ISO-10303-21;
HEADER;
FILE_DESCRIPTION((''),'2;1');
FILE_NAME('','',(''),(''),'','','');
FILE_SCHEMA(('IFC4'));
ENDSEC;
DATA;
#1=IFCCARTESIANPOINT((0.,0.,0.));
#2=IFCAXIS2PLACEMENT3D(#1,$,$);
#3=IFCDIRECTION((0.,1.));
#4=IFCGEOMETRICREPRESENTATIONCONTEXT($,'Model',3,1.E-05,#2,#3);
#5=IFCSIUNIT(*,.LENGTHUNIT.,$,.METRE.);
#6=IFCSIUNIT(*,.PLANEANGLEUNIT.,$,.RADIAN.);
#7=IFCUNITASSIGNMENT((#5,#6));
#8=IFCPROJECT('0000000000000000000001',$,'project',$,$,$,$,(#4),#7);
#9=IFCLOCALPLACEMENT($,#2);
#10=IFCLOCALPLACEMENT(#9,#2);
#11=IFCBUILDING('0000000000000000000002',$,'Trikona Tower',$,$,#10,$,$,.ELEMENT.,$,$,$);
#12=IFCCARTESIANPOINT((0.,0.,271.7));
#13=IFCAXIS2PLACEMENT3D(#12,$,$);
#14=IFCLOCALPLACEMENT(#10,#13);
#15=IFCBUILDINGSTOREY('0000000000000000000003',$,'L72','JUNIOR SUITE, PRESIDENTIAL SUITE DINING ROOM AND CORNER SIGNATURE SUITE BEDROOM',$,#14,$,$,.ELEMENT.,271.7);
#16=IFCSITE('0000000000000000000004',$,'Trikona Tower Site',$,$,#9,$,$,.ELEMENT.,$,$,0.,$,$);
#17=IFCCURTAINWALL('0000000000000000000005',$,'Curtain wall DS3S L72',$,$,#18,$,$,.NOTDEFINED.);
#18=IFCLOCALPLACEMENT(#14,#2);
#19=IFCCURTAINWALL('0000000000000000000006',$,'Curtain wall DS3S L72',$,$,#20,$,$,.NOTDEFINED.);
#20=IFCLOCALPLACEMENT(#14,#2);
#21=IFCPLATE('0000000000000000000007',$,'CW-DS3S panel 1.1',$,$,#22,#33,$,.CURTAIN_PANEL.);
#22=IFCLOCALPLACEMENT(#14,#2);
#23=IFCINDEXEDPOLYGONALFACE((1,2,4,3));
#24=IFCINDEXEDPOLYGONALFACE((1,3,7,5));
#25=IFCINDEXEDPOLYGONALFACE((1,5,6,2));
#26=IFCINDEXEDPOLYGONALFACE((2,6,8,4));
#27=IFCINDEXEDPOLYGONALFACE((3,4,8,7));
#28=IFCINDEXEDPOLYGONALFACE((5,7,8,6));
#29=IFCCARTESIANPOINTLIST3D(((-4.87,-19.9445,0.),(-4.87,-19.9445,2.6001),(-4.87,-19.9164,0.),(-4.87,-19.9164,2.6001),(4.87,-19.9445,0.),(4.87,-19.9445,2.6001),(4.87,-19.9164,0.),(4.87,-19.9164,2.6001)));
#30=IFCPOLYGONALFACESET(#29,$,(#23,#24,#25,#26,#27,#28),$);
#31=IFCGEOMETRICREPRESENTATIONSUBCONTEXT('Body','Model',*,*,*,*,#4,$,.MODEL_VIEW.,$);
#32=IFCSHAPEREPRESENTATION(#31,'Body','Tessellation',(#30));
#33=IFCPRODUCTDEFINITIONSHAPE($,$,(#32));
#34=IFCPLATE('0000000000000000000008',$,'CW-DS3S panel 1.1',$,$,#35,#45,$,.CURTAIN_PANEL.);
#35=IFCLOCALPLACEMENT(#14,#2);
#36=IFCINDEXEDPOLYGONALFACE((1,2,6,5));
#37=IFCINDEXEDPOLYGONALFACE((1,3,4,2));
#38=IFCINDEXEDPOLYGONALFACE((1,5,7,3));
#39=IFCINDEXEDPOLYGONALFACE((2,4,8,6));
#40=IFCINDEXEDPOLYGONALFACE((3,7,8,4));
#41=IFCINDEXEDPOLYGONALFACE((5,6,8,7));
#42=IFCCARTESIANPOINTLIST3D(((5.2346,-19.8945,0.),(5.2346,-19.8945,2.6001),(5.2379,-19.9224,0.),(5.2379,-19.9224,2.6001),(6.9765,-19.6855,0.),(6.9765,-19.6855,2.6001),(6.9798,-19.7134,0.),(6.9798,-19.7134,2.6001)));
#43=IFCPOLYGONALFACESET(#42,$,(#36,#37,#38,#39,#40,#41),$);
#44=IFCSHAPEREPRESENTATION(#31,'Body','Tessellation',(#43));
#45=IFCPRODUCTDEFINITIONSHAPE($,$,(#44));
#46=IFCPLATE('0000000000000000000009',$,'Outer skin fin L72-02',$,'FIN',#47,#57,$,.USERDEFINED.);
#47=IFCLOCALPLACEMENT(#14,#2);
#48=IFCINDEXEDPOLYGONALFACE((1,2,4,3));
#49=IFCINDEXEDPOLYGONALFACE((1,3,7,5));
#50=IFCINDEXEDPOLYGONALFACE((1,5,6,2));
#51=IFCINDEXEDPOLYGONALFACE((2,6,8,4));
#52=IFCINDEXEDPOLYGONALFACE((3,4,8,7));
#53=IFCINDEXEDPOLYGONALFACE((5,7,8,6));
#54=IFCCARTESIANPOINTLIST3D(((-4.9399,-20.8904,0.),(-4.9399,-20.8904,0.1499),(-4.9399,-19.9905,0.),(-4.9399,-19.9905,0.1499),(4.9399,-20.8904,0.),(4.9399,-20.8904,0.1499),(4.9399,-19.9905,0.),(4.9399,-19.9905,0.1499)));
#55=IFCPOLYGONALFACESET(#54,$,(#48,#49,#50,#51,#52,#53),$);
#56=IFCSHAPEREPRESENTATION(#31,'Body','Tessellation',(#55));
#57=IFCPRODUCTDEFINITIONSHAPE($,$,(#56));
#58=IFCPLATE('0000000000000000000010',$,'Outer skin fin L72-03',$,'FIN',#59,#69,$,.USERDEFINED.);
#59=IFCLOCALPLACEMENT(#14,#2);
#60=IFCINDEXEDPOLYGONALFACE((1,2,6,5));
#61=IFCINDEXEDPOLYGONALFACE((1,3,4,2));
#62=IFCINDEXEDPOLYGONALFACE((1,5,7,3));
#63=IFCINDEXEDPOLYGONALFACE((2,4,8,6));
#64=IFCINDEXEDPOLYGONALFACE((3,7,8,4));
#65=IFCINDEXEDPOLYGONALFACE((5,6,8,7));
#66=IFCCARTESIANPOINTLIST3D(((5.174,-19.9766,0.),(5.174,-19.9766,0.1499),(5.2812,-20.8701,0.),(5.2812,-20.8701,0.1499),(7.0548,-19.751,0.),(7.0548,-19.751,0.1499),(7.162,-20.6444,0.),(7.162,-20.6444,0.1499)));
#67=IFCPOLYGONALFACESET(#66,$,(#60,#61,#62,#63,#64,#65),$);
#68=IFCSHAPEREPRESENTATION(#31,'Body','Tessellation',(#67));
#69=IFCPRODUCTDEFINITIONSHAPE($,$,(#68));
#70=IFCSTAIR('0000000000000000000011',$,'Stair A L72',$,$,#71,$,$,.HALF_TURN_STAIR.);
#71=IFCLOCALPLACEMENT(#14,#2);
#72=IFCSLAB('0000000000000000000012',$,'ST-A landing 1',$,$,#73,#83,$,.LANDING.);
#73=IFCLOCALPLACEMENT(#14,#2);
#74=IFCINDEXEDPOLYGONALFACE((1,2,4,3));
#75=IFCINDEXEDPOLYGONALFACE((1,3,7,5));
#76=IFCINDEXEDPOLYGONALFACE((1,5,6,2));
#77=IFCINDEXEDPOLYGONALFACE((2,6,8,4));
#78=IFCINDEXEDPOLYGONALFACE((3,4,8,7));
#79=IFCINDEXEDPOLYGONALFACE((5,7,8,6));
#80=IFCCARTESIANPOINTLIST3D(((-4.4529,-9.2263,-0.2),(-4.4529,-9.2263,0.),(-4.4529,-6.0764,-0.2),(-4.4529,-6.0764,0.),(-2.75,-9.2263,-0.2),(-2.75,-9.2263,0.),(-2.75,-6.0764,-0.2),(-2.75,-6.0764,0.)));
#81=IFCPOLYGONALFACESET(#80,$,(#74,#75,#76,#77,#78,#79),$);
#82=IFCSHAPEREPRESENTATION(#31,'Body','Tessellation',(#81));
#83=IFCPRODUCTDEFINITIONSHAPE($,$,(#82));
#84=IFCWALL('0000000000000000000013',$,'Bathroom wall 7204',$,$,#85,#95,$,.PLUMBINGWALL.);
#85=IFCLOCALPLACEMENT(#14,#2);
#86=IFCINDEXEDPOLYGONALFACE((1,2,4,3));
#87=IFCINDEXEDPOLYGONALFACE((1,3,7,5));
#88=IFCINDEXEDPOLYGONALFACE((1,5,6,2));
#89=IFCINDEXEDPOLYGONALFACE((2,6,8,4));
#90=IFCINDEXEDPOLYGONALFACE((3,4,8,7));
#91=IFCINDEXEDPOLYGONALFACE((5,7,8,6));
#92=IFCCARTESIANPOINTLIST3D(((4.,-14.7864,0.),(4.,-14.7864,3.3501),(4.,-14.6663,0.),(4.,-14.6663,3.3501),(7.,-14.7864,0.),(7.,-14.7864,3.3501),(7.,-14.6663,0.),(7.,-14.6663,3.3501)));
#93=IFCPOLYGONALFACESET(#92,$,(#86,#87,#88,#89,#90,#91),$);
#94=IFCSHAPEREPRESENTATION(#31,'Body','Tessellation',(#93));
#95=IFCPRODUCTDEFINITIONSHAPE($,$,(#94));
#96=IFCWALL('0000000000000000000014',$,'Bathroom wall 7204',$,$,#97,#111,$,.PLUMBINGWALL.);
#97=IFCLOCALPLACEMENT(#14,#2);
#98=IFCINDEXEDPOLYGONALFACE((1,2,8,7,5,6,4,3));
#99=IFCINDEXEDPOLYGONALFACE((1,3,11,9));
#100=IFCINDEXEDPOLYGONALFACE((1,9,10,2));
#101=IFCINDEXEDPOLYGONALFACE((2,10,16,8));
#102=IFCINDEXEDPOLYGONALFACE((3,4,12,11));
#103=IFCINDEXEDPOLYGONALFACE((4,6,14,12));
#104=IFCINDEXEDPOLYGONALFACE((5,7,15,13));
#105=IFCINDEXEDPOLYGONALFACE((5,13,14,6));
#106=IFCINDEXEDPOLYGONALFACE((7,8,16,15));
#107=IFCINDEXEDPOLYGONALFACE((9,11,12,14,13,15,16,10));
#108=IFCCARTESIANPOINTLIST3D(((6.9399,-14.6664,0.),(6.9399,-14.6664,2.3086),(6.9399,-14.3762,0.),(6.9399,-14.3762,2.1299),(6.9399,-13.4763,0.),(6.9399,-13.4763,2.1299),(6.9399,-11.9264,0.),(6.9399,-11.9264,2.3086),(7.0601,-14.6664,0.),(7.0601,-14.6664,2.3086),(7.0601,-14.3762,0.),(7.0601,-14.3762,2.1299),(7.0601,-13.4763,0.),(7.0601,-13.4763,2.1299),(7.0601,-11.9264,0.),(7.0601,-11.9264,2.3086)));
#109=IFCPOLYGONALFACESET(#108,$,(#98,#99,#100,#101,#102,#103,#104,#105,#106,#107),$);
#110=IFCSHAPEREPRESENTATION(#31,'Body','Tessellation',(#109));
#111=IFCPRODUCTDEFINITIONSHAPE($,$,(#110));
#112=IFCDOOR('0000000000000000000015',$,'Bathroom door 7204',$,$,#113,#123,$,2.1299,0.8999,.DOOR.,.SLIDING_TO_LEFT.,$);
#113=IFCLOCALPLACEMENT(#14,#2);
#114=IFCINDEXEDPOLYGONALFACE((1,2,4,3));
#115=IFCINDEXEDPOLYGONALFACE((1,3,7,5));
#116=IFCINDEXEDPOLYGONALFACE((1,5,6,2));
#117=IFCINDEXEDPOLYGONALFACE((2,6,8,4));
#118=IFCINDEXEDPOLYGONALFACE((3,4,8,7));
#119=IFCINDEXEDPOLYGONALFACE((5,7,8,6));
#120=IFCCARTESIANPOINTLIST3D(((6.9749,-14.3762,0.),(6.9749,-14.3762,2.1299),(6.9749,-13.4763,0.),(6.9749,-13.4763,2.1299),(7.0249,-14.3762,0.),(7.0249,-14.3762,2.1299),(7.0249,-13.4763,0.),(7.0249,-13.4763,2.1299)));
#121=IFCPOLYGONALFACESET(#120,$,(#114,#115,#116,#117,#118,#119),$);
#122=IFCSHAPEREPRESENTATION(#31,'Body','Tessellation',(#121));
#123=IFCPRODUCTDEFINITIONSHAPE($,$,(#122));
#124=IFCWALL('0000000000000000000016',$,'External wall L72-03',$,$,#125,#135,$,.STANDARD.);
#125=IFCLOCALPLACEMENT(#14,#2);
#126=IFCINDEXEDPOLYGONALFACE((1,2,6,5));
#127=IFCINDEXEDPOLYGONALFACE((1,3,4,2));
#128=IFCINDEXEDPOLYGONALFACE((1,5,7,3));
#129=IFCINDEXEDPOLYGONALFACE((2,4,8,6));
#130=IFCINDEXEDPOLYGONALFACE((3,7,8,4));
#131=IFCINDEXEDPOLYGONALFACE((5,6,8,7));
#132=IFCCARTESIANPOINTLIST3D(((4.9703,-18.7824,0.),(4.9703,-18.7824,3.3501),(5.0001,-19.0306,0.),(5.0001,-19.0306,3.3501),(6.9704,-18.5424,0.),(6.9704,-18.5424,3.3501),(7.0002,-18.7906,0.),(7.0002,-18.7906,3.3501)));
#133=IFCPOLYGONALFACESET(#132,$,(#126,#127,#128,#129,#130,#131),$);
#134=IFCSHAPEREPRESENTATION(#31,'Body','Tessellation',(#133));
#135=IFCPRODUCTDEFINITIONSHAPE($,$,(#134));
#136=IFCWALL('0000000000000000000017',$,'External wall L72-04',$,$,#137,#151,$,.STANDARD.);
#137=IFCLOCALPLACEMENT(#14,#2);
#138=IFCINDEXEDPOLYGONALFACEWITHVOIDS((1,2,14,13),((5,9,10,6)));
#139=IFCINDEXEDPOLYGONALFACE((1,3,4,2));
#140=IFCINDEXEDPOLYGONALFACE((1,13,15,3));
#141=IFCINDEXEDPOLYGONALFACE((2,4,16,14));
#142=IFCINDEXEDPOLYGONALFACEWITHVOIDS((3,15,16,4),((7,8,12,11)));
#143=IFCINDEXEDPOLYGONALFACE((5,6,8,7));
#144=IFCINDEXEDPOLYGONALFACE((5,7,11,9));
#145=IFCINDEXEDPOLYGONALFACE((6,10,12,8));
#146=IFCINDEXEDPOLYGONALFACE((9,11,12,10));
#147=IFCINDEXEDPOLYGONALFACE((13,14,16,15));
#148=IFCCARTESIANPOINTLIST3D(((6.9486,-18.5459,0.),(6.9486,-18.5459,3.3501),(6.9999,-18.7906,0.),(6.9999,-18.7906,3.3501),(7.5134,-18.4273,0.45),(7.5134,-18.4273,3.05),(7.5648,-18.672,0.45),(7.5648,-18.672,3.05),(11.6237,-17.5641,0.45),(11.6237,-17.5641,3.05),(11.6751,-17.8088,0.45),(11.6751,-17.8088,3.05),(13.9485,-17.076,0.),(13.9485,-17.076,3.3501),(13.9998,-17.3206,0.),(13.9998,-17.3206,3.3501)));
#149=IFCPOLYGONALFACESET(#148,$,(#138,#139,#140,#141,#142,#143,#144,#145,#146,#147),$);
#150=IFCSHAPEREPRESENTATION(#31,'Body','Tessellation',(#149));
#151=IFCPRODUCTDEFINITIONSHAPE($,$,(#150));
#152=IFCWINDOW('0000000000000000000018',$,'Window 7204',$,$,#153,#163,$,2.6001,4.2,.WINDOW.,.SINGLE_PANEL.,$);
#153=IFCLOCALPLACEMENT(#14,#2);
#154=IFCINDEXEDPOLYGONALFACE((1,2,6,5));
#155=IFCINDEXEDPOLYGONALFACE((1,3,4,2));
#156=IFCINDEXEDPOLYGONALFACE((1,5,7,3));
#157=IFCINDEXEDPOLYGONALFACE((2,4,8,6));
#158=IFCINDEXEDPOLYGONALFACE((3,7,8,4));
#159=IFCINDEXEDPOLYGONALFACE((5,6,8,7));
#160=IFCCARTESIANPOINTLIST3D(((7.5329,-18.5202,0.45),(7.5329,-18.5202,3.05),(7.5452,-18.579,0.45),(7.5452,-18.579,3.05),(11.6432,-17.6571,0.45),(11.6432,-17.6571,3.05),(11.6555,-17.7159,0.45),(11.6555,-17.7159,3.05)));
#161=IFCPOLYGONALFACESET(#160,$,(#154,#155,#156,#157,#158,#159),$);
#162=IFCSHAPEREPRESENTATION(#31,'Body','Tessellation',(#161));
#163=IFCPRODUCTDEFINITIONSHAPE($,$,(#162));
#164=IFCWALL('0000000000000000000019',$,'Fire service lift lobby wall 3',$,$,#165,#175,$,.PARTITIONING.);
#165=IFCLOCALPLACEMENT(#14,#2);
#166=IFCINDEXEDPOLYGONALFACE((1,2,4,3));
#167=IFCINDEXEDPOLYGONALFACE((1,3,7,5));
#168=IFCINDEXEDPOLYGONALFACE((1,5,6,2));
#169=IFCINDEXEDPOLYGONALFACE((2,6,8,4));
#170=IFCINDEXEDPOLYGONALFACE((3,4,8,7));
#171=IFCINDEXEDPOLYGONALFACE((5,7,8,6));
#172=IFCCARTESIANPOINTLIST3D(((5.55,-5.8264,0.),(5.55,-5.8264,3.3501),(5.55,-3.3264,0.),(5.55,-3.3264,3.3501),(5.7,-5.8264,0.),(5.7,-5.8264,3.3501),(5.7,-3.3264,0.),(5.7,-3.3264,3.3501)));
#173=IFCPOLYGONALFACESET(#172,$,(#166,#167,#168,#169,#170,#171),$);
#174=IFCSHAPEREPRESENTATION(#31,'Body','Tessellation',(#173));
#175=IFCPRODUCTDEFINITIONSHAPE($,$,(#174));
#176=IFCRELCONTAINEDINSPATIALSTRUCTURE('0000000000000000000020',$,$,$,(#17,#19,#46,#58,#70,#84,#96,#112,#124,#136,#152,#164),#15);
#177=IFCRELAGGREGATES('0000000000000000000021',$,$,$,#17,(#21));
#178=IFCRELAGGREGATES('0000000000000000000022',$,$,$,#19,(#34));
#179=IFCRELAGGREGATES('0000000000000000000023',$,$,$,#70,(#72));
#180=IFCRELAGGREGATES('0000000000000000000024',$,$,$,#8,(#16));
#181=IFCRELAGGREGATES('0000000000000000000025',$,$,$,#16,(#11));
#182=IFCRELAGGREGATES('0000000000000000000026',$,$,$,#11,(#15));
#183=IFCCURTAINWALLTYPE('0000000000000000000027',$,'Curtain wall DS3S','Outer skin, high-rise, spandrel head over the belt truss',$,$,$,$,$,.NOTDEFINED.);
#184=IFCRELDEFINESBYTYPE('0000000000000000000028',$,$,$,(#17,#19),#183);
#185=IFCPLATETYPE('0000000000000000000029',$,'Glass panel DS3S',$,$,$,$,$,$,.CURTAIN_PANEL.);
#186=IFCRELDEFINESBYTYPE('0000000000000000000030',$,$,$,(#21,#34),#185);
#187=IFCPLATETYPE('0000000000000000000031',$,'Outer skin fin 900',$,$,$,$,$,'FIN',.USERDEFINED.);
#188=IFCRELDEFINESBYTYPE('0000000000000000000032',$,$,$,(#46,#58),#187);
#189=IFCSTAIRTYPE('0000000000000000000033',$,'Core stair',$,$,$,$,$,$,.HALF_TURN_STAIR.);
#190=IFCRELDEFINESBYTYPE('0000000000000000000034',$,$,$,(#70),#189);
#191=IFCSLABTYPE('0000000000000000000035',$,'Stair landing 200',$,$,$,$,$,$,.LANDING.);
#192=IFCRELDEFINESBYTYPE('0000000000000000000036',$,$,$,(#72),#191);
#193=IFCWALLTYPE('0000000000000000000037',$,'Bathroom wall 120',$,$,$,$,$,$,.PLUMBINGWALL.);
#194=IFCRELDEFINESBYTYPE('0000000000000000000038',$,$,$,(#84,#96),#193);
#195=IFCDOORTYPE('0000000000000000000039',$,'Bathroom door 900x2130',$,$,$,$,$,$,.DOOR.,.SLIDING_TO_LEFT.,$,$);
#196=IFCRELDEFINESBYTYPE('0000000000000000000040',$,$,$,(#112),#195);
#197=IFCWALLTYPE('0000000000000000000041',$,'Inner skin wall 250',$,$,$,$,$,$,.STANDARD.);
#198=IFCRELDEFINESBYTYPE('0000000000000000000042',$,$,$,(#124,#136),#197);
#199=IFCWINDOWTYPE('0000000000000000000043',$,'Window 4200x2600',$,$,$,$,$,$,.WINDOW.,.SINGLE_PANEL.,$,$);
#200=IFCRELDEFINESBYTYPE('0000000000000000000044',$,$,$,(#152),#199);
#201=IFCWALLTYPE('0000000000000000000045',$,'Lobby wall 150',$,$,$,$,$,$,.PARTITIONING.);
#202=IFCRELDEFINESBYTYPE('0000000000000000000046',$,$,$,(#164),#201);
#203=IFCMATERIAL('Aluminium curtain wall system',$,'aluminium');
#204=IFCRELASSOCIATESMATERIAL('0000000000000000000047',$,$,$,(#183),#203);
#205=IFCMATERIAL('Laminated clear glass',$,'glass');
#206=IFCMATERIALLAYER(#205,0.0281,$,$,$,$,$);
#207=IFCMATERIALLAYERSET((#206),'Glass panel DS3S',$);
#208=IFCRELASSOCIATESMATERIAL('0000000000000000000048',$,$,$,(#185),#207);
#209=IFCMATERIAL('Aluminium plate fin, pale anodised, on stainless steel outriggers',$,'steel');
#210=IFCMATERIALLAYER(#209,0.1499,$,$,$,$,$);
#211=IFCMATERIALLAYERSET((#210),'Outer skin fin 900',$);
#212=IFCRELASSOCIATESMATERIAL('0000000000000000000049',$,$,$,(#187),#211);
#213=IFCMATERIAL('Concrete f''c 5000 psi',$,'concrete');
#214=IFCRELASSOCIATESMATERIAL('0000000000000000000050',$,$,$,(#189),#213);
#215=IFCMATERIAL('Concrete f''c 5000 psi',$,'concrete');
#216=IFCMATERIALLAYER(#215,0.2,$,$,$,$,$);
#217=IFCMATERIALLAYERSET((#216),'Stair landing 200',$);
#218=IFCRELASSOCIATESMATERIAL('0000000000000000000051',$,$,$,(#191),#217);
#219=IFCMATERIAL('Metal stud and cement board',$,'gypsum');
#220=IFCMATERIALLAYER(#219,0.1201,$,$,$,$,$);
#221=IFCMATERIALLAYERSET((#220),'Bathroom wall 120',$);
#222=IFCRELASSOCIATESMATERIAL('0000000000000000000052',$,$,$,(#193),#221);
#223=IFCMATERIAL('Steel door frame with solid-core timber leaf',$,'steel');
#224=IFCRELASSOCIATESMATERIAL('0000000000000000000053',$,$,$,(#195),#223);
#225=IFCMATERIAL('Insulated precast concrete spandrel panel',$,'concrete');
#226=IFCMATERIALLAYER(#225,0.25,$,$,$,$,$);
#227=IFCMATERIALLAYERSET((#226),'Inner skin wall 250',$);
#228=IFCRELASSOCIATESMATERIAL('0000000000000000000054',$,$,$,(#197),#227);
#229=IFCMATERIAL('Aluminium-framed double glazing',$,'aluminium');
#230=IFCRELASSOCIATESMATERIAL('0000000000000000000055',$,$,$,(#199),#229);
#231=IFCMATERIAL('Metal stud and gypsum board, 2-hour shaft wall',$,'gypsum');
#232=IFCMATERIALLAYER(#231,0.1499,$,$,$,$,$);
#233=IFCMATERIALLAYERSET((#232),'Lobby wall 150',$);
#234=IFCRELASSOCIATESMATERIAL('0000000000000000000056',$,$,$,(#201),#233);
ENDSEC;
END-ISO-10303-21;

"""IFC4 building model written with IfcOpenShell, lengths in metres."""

from ifc_helpers import new_model, si_unit, direction, frame, frame_2d, origin, origin_2d, place, context, subcontext, project, spatial, polyline, rectangle, outline, extrude, material, layer, layer_set, type_object, element, fill, aggregate, save


model = new_model("IFC4")

# Units and contexts
model_context = context("Model", 3, precision=1e-05, world=origin(), true_north=direction((0.0, 1.0)))
body_context = subcontext(model_context, "Body", "Model", "MODEL_VIEW")
ifc_project = project(units=[si_unit("LENGTHUNIT", "METRE"), si_unit("PLANEANGLEUNIT", "RADIAN")], contexts=[model_context])

# Site, building, storey
site_placement = place(None, origin())
site = spatial("IfcSite", under=ifc_project, at=site_placement, Name="Trikona Tower Site", CompositionType="ELEMENT", RefElevation=0.0)
building_placement = place(site_placement, origin())
building = spatial("IfcBuilding", under=site, at=building_placement, Name="Trikona Tower", CompositionType="ELEMENT")
storey_placement = place(building_placement, frame((0.0, 0.0, 271.7)))
storey = spatial("IfcBuildingStorey", under=building, at=storey_placement, Name="L72", Description="JUNIOR SUITE, PRESIDENTIAL SUITE DINING ROOM AND CORNER SIGNATURE SUITE BEDROOM", CompositionType="ELEMENT", Elevation=271.7)

# Curtain wall
ifc_material_1 = material(Name="Aluminium curtain wall system", Category="aluminium")
curtain_wall_type = type_object("IfcCurtainWallType", Name="Curtain wall DS3S", Description="Outer skin, high-rise, spandrel head over the belt truss", PredefinedType="NOTDEFINED", material=ifc_material_1)
curtain_wall_1_placement = place(storey_placement, origin())
curtain_wall_1 = element("IfcCurtainWall", 1, at=curtain_wall_1_placement, inside=storey, type_object=curtain_wall_type, Name="Curtain wall DS3S L72", PredefinedType="NOTDEFINED")

# Curtain wall
curtain_wall_2_placement = place(storey_placement, origin())
curtain_wall_2 = element("IfcCurtainWall", 2, at=curtain_wall_2_placement, inside=storey, type_object=curtain_wall_type, Name="Curtain wall DS3S L72", PredefinedType="NOTDEFINED")

# Plates
ifc_material_2 = material(Name="Laminated clear glass", Category="glass")
ifc_layer_1 = layer(ifc_material_2, 0.0281)
ifc_layer_set_1 = layer_set([ifc_layer_1], Name="Glass panel DS3S")
plate_type_1 = type_object("IfcPlateType", Name="Glass panel DS3S", PredefinedType="CURTAIN_PANEL", material=ifc_layer_set_1)
plate_1_placement = place(storey_placement, frame((0.0, -19.9304, 0.0), z_axis=(0.0, 0.0, 1.0), x_axis=(1.0, 0.0, 0.0)))
plate_1 = element("IfcPlate", 3, at=plate_1_placement, type_object=plate_type_1, Name="CW-DS3S panel 1.1", PredefinedType="CURTAIN_PANEL", context=body_context, shape_type="SweptSolid", body=[
    extrude(rectangle(XDim=9.74, YDim=0.0281, at=origin_2d()), origin(), (0.0, 0.0, 1.0), 2.6001),
])
aggregate(curtain_wall_1, [plate_1])
plate_2_placement = place(storey_placement, frame((6.1072, -19.804, 0.0), z_axis=(0.0, 0.0, 1.0), x_axis=(0.992877, 0.119141, 0.0)))
plate_2 = element("IfcPlate", 4, at=plate_2_placement, type_object=plate_type_1, Name="CW-DS3S panel 1.1", PredefinedType="CURTAIN_PANEL", context=body_context, shape_type="SweptSolid", body=[
    extrude(rectangle(XDim=1.7544, YDim=0.0281, at=origin_2d()), origin(), (0.0, 0.0, 1.0), 2.6001),
])
aggregate(curtain_wall_2, [plate_2])

# Plates
ifc_material_3 = material(Name="Aluminium plate fin, pale anodised, on stainless steel outriggers", Category="steel")
ifc_layer_2 = layer(ifc_material_3, 0.1499)
ifc_layer_set_2 = layer_set([ifc_layer_2], Name="Outer skin fin 900")
plate_type_2 = type_object("IfcPlateType", Name="Outer skin fin 900", ElementType="FIN", PredefinedType="USERDEFINED", material=ifc_layer_set_2)
plate_3_placement = place(storey_placement, frame((0.0, -20.4404, 0.0), z_axis=(0.0, 0.0, 1.0), x_axis=(1.0, 0.0, 0.0)))
element("IfcPlate", 5, at=plate_3_placement, inside=storey, type_object=plate_type_2, Name="Outer skin fin L72-02", ObjectType="FIN", PredefinedType="USERDEFINED", context=body_context, shape_type="SweptSolid", body=[
    extrude(rectangle(XDim=9.8799, YDim=0.8999, at=origin_2d()), origin(), (0.0, 0.0, 1.0), 0.1499),
])
plate_4_placement = place(storey_placement, frame((6.168, -20.3105, 0.0), z_axis=(0.0, 0.0, 1.0), x_axis=(0.992877, 0.119146, 0.0)))
element("IfcPlate", 6, at=plate_4_placement, inside=storey, type_object=plate_type_2, Name="Outer skin fin L72-03", ObjectType="FIN", PredefinedType="USERDEFINED", context=body_context, shape_type="SweptSolid", body=[
    extrude(rectangle(XDim=1.8943, YDim=0.8999, at=origin_2d()), origin(), (0.0, 0.0, 1.0), 0.1499),
])

# Stair, slab
ifc_material_4 = material(Name="Concrete f'c 5000 psi", Category="concrete")
stair_type = type_object("IfcStairType", Name="Core stair", PredefinedType="HALF_TURN_STAIR", material=ifc_material_4)
stair_placement = place(storey_placement, origin())
stair = element("IfcStair", 7, at=stair_placement, inside=storey, type_object=stair_type, Name="Stair A L72", PredefinedType="HALF_TURN_STAIR")
ifc_material_5 = material(Name="Concrete f'c 5000 psi", Category="concrete")
ifc_layer_3 = layer(ifc_material_5, 0.2)
ifc_layer_set_3 = layer_set([ifc_layer_3], Name="Stair landing 200")
slab_type_1 = type_object("IfcSlabType", Name="Stair landing 200", PredefinedType="LANDING", material=ifc_layer_set_3)
slab_1_placement = place(storey_placement, frame((0.0, 0.0, -0.2)))
slab_1 = element("IfcSlab", 8, at=slab_1_placement, type_object=slab_type_1, Name="ST-A landing 1", PredefinedType="LANDING", context=body_context, shape_type="SweptSolid", body=[
    extrude(outline(polyline([(-4.4529, -6.0764), (-2.75, -6.0764), (-2.75, -9.2263), (-4.4529, -9.2263), (-4.4529, -6.0764)])), origin(), (0.0, 0.0, 1.0), 0.2),
])
aggregate(stair, [slab_1])

# Wall
ifc_material_6 = material(Name="Metal stud and cement board", Category="gypsum")
ifc_layer_4 = layer(ifc_material_6, 0.1201)
ifc_layer_set_4 = layer_set([ifc_layer_4], Name="Bathroom wall 120")
wall_type_1 = type_object("IfcWallType", Name="Bathroom wall 120", PredefinedType="PLUMBINGWALL", material=ifc_layer_set_4)
wall_1_placement = place(storey_placement, frame((4.0, -14.7263, 0.0), z_axis=(0.0, 0.0, 1.0), x_axis=(1.0, 0.0, 0.0)))
element("IfcWall", 9, at=wall_1_placement, inside=storey, type_object=wall_type_1, Name="Bathroom wall 7204", PredefinedType="PLUMBINGWALL", context=body_context, shape_type="SweptSolid", body=[
    extrude(rectangle(XDim=3.0, YDim=0.1201, at=frame_2d((1.5, 0.0))), origin(), (0.0, 0.0, 1.0), 3.3501),
])

# Wall, opening, door
wall_2_placement = place(storey_placement, frame((7.0, -11.9263, 0.0), z_axis=(0.0, 0.0, 1.0), x_axis=(0.0, -1.0, 0.0)))
wall_2 = element("IfcWall", 10, at=wall_2_placement, inside=storey, type_object=wall_type_1, Name="Bathroom wall 7204", PredefinedType="PLUMBINGWALL", context=body_context, shape_type="SweptSolid", body=[
    extrude(rectangle(XDim=2.74, YDim=0.1201, at=frame_2d((1.3701, 0.0))), origin(), (0.0, 0.0, 1.0), 2.3086),
])
opening_1_placement = place(wall_2_placement, frame((1.55, 0.0, 0.0)))
opening_1 = element("IfcOpeningElement", 11, at=opening_1_placement, cuts=wall_2, PredefinedType="OPENING", context=body_context, shape_type="SweptSolid", body=[
    extrude(rectangle(XDim=0.8999, YDim=2.1299, at=frame_2d((0.45, 1.0649))), frame((0.0, 0.0701, 0.0), z_axis=(0.0, -1.0, 0.0), x_axis=(1.0, 0.0, 0.0)), (0.0, 0.0, 1.0), 0.1401),
])
ifc_material_7 = material(Name="Steel door frame with solid-core timber leaf", Category="steel")
door_type = type_object("IfcDoorType", Name="Bathroom door 900x2130", OperationType="SLIDING_TO_LEFT", PredefinedType="DOOR", material=ifc_material_7)
door_placement = place(opening_1_placement, origin())
door = element("IfcDoor", 12, at=door_placement, inside=storey, type_object=door_type, Name="Bathroom door 7204", OperationType="SLIDING_TO_LEFT", OverallHeight=2.1299, OverallWidth=0.8999, PredefinedType="DOOR", context=body_context, shape_type="SweptSolid", body=[
    extrude(rectangle(XDim=0.8999, YDim=2.1299, at=frame_2d((0.45, 1.0649))), frame((0.0, 0.0249, 0.0), z_axis=(0.0, -1.0, 0.0), x_axis=(1.0, 0.0, 0.0)), (0.0, 0.0, 1.0), 0.05),
])
fill(opening_1, door)

# Wall
ifc_material_8 = material(Name="Insulated precast concrete spandrel panel", Category="concrete")
ifc_layer_5 = layer(ifc_material_8, 0.25)
ifc_layer_set_5 = layer_set([ifc_layer_5], Name="Inner skin wall 250")
wall_type_2 = type_object("IfcWallType", Name="Inner skin wall 250", PredefinedType="STANDARD", material=ifc_layer_set_5)
wall_3_placement = place(storey_placement, frame((4.9851, -18.9065, 0.0), z_axis=(0.0, 0.0, 1.0), x_axis=(0.992877, 0.11914, 0.0)))
element("IfcWall", 13, at=wall_3_placement, inside=storey, type_object=wall_type_2, Name="External wall L72-03", PredefinedType="STANDARD", context=body_context, shape_type="SweptSolid", body=[
    extrude(rectangle(XDim=2.0144, YDim=0.25, at=frame_2d((1.0073, 0.0))), origin(), (0.0, 0.0, 1.0), 3.3501),
])

# Wall, opening, window
wall_4_placement = place(storey_placement, frame((6.9744, -18.6682, 0.0), z_axis=(0.0, 0.0, 1.0), x_axis=(0.978654, 0.205513, 0.0)))
wall_4 = element("IfcWall", 14, at=wall_4_placement, inside=storey, type_object=wall_type_2, Name="External wall L72-04", PredefinedType="STANDARD", context=body_context, shape_type="SweptSolid", body=[
    extrude(rectangle(XDim=7.1526, YDim=0.25, at=frame_2d((3.5762, 0.0))), origin(), (0.0, 0.0, 1.0), 3.3501),
])
opening_2_placement = place(wall_4_placement, frame((0.5769, 0.0, 0.45)))
opening_2 = element("IfcOpeningElement", 15, at=opening_2_placement, cuts=wall_4, PredefinedType="OPENING", context=body_context, shape_type="SweptSolid", body=[
    extrude(rectangle(XDim=4.2, YDim=2.6001, at=frame_2d((2.1001, 1.3))), frame((0.0, 0.135, 0.0), z_axis=(0.0, -1.0, 0.0), x_axis=(1.0, 0.0, 0.0)), (0.0, 0.0, 1.0), 0.27),
])
ifc_material_9 = material(Name="Aluminium-framed double glazing", Category="aluminium")
window_type = type_object("IfcWindowType", Name="Window 4200x2600", PartitioningType="SINGLE_PANEL", PredefinedType="WINDOW", material=ifc_material_9)
window_placement = place(opening_2_placement, origin())
window = element("IfcWindow", 16, at=window_placement, inside=storey, type_object=window_type, Name="Window 7204", OverallHeight=2.6001, OverallWidth=4.2, PartitioningType="SINGLE_PANEL", PredefinedType="WINDOW", context=body_context, shape_type="SweptSolid", body=[
    extrude(rectangle(XDim=4.2, YDim=2.6001, at=frame_2d((2.1001, 1.3))), frame((0.0, 0.03, 0.0), z_axis=(0.0, -1.0, 0.0), x_axis=(1.0, 0.0, 0.0)), (0.0, 0.0, 1.0), 0.0601),
])
fill(opening_2, window)

# Wall
ifc_material_10 = material(Name="Metal stud and gypsum board, 2-hour shaft wall", Category="gypsum")
ifc_layer_6 = layer(ifc_material_10, 0.1499)
ifc_layer_set_6 = layer_set([ifc_layer_6], Name="Lobby wall 150")
wall_type_3 = type_object("IfcWallType", Name="Lobby wall 150", PredefinedType="PARTITIONING", material=ifc_layer_set_6)
wall_5_placement = place(storey_placement, frame((5.625, -5.8264, 0.0), z_axis=(0.0, 0.0, 1.0), x_axis=(0.0, 1.0, 0.0)))
element("IfcWall", 17, at=wall_5_placement, inside=storey, type_object=wall_type_3, Name="Fire service lift lobby wall 3", PredefinedType="PARTITIONING", context=body_context, shape_type="SweptSolid", body=[
    extrude(rectangle(XDim=2.5, YDim=0.1499, at=frame_2d((1.25, 0.0))), origin(), (0.0, 0.0, 1.0), 3.3501),
])

save(model, "model.ifc")
